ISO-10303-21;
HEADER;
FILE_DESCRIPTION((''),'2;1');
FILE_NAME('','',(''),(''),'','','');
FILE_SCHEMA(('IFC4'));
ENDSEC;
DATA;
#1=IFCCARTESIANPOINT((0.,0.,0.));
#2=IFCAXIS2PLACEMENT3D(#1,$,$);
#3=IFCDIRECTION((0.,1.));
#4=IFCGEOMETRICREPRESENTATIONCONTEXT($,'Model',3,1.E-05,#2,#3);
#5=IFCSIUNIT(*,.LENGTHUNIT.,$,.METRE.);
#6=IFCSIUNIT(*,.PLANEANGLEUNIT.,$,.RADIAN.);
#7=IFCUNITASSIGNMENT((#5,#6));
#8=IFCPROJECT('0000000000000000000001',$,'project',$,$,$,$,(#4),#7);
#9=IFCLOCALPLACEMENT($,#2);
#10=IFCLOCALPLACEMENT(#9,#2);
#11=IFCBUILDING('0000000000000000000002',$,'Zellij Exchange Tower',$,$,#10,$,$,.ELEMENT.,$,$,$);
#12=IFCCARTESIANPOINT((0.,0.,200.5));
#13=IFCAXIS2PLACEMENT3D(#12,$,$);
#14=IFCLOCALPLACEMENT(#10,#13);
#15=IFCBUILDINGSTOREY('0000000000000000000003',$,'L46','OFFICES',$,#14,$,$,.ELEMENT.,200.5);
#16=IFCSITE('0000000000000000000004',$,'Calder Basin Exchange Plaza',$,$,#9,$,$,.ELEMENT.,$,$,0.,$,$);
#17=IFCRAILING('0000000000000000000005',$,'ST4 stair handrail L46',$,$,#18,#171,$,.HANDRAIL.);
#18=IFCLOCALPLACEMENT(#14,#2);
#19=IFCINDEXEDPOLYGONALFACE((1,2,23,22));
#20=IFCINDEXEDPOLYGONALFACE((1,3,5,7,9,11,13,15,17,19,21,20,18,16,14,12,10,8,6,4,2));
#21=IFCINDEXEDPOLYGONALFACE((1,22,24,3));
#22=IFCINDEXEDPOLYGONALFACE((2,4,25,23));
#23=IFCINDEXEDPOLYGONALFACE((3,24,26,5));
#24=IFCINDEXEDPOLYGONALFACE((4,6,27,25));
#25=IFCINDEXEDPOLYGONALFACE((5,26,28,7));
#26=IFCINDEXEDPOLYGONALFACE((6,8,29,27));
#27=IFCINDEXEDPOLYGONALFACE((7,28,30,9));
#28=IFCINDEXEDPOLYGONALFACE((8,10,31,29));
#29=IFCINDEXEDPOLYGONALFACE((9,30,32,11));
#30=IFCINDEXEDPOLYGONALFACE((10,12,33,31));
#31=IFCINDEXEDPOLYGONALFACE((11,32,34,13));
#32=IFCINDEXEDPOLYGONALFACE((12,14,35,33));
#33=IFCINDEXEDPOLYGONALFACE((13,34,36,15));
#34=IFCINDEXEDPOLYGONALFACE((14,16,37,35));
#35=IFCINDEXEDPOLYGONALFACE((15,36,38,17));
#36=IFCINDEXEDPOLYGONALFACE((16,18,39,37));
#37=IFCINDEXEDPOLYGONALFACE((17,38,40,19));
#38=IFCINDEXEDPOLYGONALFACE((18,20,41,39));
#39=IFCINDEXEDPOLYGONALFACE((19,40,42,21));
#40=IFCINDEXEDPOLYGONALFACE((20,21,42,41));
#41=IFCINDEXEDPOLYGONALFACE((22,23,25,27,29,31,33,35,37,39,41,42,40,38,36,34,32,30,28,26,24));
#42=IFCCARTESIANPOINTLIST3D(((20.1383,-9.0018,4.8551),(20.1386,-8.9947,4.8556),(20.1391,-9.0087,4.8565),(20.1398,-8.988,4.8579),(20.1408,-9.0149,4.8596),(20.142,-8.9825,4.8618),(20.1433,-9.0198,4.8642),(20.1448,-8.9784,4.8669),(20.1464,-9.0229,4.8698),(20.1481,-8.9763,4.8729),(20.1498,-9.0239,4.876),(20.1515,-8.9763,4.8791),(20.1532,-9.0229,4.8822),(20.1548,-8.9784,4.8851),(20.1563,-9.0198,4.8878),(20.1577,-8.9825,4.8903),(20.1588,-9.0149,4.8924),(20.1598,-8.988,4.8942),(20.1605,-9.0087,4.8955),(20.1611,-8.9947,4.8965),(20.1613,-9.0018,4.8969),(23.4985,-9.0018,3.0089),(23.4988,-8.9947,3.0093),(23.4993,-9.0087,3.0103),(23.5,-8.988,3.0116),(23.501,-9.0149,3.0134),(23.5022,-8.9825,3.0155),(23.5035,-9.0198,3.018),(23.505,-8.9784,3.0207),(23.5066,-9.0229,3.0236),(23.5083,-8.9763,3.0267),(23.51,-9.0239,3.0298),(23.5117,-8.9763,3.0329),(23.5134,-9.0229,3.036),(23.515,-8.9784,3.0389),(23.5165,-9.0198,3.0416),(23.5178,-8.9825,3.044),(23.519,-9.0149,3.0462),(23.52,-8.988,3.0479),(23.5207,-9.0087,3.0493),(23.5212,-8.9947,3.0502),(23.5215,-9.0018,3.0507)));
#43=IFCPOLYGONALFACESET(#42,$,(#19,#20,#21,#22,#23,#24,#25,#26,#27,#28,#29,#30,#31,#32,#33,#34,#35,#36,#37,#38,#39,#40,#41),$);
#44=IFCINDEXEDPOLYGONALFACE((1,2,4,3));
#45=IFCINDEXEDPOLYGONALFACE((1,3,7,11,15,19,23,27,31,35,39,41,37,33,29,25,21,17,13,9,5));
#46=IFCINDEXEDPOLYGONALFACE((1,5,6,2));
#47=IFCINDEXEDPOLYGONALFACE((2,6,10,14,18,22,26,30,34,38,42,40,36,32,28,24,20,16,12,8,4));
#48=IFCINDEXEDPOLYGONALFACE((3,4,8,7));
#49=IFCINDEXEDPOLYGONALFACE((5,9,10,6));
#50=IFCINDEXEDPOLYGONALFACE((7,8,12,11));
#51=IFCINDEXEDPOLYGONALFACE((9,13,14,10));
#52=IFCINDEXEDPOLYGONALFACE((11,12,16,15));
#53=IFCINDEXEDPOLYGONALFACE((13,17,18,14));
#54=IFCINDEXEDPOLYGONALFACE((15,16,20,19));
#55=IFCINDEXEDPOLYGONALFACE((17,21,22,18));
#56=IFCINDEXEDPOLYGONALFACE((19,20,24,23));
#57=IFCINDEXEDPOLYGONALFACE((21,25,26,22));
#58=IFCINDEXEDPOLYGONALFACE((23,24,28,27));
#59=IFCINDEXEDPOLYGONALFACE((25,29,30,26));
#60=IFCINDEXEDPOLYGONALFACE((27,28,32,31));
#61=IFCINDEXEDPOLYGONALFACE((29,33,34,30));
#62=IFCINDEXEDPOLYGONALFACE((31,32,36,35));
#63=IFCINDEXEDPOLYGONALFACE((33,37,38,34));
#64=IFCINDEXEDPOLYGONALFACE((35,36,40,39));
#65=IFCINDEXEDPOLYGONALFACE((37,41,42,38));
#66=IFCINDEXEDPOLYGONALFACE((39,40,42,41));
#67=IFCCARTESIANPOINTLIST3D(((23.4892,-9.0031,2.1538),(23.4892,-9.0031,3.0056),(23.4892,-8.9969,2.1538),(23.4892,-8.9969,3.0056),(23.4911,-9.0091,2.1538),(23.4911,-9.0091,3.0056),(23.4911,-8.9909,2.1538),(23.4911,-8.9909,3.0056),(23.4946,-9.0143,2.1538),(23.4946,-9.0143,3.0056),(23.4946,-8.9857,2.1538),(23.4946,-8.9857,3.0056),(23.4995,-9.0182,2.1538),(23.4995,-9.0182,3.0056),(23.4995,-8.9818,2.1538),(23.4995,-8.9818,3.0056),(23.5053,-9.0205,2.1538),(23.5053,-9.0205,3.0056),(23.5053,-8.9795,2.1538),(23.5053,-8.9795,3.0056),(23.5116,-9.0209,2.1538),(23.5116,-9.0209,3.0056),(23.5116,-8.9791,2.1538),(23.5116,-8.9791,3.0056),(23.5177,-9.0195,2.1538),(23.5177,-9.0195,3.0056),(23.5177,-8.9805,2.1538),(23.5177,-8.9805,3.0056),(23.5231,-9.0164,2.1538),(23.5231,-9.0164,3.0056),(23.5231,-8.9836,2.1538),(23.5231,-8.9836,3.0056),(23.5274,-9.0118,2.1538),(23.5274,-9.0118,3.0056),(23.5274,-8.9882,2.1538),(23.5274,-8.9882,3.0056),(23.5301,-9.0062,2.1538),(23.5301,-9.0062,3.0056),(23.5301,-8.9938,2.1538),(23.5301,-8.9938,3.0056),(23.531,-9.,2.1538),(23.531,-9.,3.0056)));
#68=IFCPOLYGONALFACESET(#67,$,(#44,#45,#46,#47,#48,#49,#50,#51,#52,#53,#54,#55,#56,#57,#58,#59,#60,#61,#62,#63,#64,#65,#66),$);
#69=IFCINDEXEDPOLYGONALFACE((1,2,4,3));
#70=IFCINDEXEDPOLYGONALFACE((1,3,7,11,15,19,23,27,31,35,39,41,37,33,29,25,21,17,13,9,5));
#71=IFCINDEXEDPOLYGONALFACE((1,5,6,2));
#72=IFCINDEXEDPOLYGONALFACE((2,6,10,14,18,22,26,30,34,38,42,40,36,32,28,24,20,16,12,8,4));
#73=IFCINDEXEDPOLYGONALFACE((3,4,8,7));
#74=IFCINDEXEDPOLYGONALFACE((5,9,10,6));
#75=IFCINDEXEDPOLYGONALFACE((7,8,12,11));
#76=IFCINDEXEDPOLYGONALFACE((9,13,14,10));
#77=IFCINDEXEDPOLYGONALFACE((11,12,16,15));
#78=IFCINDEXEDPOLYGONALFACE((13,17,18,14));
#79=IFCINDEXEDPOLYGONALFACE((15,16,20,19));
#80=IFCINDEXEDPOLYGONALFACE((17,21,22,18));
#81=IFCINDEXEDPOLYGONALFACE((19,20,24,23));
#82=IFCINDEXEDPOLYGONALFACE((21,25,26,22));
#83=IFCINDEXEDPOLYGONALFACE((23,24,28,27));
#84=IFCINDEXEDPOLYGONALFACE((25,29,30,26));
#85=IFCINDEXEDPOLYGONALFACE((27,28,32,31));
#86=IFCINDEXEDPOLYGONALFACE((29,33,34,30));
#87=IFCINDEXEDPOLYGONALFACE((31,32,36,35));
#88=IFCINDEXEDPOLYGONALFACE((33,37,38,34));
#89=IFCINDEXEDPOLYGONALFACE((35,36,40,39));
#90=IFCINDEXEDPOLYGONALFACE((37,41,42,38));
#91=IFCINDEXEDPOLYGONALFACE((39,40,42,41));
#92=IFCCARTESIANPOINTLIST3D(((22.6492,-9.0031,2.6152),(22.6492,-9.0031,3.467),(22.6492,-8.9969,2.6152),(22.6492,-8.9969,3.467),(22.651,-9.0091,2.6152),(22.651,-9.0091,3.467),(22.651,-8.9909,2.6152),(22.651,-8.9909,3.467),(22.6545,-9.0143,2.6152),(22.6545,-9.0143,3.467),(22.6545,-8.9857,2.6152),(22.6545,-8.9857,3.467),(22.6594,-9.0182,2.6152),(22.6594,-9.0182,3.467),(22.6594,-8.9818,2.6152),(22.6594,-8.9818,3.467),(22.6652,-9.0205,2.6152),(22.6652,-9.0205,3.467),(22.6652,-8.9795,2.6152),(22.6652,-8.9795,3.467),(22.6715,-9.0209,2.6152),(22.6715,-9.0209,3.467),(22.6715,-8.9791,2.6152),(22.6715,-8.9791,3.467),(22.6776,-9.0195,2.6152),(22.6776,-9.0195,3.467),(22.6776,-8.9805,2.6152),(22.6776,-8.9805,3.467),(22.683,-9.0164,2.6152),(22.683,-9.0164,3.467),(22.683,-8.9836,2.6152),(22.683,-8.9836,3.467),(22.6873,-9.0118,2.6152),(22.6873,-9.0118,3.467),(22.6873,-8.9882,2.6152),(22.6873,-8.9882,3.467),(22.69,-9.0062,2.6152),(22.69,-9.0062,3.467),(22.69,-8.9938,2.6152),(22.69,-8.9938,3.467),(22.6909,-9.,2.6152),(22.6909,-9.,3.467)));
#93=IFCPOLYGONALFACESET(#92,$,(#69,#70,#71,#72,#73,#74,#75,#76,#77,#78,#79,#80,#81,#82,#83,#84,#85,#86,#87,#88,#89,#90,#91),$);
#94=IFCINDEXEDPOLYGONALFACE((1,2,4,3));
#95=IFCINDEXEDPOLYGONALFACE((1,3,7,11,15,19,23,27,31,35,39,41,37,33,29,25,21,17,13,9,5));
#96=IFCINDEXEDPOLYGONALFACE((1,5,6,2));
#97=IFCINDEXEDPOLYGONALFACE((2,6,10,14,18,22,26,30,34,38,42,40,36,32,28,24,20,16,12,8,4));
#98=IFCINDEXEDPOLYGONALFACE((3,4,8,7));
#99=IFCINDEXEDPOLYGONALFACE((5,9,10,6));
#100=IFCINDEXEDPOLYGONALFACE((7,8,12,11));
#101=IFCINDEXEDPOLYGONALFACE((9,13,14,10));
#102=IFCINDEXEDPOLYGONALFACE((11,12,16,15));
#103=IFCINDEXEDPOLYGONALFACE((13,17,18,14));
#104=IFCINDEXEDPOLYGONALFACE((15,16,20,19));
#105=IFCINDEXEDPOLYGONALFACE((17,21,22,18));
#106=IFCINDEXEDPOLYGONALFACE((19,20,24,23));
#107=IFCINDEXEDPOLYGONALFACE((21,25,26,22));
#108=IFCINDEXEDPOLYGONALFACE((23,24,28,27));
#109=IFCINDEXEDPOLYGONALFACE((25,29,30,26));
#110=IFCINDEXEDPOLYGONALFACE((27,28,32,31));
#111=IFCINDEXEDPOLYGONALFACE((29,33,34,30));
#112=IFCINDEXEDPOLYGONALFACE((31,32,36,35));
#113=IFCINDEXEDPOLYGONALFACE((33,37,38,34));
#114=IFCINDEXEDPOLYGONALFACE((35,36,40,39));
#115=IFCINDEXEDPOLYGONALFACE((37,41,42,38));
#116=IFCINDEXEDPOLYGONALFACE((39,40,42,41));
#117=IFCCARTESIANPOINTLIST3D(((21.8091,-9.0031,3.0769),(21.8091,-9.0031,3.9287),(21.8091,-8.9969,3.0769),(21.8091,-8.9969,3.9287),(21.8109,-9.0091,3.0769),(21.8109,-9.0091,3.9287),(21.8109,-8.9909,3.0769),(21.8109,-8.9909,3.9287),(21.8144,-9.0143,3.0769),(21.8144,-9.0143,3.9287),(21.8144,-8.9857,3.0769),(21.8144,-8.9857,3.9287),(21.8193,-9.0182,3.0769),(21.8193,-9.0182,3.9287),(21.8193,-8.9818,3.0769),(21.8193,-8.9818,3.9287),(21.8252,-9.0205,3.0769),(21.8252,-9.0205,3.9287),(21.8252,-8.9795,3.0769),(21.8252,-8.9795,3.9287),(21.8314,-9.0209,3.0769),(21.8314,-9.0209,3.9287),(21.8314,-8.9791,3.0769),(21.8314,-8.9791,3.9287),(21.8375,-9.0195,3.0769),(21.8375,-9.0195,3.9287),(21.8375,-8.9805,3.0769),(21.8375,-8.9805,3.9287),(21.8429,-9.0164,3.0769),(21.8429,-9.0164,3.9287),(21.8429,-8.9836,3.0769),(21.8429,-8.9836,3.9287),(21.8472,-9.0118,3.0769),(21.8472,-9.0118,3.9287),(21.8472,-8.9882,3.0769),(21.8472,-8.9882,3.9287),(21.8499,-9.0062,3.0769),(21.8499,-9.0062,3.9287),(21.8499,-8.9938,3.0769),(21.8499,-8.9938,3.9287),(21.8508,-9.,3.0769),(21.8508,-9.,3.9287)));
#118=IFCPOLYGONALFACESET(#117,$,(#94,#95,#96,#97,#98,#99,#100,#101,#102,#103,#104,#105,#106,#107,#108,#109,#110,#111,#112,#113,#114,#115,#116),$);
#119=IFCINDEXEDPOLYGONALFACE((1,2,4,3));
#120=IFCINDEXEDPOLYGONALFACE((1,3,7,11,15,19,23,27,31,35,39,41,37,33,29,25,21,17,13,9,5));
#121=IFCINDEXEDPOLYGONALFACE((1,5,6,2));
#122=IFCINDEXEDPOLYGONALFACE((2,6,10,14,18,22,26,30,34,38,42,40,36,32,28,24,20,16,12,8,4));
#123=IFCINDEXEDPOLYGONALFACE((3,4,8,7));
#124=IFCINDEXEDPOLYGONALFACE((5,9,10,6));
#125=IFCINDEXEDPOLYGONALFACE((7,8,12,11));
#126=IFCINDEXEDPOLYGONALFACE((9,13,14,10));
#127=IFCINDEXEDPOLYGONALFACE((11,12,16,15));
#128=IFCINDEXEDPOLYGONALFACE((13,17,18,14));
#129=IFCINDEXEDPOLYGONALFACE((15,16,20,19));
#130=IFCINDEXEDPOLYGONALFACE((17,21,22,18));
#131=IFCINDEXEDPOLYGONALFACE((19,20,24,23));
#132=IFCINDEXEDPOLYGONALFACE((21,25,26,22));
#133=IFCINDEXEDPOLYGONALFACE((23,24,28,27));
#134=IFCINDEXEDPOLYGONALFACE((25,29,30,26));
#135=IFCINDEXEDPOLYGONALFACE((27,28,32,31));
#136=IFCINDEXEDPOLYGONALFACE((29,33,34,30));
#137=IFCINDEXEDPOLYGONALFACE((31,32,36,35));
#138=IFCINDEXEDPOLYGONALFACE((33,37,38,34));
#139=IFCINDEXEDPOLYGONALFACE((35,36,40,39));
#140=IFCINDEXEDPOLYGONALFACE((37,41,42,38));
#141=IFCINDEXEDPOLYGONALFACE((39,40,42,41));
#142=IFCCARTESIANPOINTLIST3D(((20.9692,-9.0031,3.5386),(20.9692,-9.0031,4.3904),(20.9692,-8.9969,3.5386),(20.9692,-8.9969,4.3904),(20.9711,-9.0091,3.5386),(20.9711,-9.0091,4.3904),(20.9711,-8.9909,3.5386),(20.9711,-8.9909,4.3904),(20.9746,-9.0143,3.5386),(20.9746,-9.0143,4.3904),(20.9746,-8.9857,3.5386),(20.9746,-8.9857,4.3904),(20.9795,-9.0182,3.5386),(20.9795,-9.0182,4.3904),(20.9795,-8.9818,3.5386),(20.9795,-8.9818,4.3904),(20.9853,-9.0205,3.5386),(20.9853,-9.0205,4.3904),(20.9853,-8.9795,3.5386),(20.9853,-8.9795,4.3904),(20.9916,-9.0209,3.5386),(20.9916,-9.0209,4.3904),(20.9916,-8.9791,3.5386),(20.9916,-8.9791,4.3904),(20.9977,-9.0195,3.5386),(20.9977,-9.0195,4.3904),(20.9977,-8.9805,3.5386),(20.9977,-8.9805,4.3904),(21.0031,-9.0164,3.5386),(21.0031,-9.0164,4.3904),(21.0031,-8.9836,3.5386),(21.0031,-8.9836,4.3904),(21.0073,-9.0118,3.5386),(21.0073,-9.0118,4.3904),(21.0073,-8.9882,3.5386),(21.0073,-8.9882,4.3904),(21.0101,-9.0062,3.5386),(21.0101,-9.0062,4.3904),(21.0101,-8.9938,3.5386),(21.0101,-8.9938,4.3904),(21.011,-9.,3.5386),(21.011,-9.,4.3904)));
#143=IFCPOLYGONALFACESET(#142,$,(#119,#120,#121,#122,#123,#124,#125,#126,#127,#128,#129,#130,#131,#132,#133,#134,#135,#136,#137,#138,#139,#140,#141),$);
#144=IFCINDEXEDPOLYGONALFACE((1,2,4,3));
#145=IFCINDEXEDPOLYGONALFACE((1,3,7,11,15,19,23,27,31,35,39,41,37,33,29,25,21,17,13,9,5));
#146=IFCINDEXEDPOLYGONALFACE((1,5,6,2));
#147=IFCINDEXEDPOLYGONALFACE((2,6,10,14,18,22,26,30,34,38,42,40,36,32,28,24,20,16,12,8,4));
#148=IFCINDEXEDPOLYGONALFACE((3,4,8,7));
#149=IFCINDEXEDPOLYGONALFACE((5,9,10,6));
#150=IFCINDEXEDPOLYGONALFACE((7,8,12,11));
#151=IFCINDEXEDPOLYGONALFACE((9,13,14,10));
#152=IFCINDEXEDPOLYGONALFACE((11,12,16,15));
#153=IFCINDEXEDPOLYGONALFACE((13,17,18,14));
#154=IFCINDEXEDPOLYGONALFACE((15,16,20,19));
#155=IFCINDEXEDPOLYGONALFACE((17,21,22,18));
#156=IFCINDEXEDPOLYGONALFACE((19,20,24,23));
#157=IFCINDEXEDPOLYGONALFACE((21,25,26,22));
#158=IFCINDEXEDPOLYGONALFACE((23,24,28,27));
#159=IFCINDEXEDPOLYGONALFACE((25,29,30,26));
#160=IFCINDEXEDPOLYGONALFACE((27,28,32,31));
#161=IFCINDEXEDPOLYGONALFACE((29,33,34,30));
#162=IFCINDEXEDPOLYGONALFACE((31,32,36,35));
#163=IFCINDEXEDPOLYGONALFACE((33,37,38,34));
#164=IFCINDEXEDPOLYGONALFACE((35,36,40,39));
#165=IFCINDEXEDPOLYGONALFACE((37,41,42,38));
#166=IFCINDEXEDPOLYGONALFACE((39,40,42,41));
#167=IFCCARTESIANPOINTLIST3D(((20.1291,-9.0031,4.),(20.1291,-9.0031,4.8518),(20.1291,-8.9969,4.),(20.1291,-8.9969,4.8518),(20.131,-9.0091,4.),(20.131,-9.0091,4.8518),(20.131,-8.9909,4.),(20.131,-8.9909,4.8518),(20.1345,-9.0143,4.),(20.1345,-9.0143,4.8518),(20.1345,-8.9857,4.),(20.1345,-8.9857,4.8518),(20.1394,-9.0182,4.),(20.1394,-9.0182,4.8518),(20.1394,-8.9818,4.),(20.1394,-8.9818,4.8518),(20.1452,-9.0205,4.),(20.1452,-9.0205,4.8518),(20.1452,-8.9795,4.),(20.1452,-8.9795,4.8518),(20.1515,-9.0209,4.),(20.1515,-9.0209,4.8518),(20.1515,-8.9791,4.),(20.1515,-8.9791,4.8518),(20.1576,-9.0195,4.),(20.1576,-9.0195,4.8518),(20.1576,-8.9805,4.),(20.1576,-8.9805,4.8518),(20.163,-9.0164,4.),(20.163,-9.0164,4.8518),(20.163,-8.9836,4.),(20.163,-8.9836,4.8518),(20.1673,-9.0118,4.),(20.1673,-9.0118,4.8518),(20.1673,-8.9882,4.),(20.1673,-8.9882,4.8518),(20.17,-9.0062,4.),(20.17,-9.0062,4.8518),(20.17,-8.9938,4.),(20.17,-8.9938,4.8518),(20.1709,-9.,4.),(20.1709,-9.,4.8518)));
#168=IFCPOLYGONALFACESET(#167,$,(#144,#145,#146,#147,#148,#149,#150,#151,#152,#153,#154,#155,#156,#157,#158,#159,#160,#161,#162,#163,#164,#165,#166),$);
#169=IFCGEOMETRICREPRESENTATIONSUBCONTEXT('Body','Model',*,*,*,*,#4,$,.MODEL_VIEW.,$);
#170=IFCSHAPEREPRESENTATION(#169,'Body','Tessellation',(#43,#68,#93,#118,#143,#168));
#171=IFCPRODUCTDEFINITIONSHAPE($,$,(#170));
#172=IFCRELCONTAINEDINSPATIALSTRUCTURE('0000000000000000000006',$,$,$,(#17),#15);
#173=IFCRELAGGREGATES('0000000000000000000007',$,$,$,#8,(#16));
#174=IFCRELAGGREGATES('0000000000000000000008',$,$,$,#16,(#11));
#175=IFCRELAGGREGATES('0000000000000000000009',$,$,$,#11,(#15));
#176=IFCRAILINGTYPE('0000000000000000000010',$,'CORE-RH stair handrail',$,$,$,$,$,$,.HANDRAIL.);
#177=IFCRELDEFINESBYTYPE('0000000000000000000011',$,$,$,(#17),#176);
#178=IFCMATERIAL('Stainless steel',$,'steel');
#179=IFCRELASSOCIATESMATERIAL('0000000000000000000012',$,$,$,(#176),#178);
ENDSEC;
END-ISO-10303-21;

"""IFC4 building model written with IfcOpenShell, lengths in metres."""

from ifc_helpers import new_model, si_unit, direction, frame, origin, origin_2d, place, context, subcontext, project, spatial, circle, extrude, material, type_object, element, save


model = new_model("IFC4")

# Units and contexts
model_context = context("Model", 3, precision=1e-05, world=origin(), true_north=direction((0.0, 1.0)))
body_context = subcontext(model_context, "Body", "Model", "MODEL_VIEW")
ifc_project = project(units=[si_unit("LENGTHUNIT", "METRE"), si_unit("PLANEANGLEUNIT", "RADIAN")], contexts=[model_context])

# Site, building, storey
site_placement = place(None, origin())
site = spatial("IfcSite", under=ifc_project, at=site_placement, Name="Calder Basin Exchange Plaza", CompositionType="ELEMENT", RefElevation=0.0)
building_placement = place(site_placement, origin())
building = spatial("IfcBuilding", under=site, at=building_placement, Name="Zellij Exchange Tower", CompositionType="ELEMENT")
storey_placement = place(building_placement, frame((0.0, 0.0, 200.5)))
storey = spatial("IfcBuildingStorey", under=building, at=storey_placement, Name="L46", Description="OFFICES", CompositionType="ELEMENT", Elevation=200.5)

# Railing
ifc_material_1 = material(Name="Stainless steel", Category="steel")
railing_type_1 = type_object("IfcRailingType", Name="CORE-RH stair handrail", PredefinedType="HANDRAIL", material=ifc_material_1)
railing_1_placement = place(storey_placement, frame((23.51, -9.0, 2.1538)))
element("IfcRailing", 1, at=railing_1_placement, inside=storey, type_object=railing_type_1, Name="ST4 stair handrail L46", PredefinedType="HANDRAIL", context=body_context, shape_type="SweptSolid", body=[
    extrude(circle(Radius=0.0239, at=origin_2d()), frame((0.0, 0.0, 0.876), z_axis=(-0.876422, 0.0, 0.481545), x_axis=(0.0, -1.0, 0.0)), (0.0, 0.0, 1.0), 3.834),
    extrude(circle(Radius=0.021, at=origin_2d()), origin(), (0.0, 0.0, 1.0), 0.8518),
    extrude(circle(Radius=0.021, at=origin_2d()), frame((-0.8401, 0.0, 0.4614)), (0.0, 0.0, 1.0), 0.8518),
    extrude(circle(Radius=0.021, at=origin_2d()), frame((-1.6802, 0.0, 0.9231)), (0.0, 0.0, 1.0), 0.8518),
    extrude(circle(Radius=0.021, at=origin_2d()), frame((-2.52, 0.0, 1.3848)), (0.0, 0.0, 1.0), 0.8518),
    extrude(circle(Radius=0.021, at=origin_2d()), frame((-3.3601, 0.0, 1.8462)), (0.0, 0.0, 1.0), 0.8518),
])

save(model, "model.ifc")
